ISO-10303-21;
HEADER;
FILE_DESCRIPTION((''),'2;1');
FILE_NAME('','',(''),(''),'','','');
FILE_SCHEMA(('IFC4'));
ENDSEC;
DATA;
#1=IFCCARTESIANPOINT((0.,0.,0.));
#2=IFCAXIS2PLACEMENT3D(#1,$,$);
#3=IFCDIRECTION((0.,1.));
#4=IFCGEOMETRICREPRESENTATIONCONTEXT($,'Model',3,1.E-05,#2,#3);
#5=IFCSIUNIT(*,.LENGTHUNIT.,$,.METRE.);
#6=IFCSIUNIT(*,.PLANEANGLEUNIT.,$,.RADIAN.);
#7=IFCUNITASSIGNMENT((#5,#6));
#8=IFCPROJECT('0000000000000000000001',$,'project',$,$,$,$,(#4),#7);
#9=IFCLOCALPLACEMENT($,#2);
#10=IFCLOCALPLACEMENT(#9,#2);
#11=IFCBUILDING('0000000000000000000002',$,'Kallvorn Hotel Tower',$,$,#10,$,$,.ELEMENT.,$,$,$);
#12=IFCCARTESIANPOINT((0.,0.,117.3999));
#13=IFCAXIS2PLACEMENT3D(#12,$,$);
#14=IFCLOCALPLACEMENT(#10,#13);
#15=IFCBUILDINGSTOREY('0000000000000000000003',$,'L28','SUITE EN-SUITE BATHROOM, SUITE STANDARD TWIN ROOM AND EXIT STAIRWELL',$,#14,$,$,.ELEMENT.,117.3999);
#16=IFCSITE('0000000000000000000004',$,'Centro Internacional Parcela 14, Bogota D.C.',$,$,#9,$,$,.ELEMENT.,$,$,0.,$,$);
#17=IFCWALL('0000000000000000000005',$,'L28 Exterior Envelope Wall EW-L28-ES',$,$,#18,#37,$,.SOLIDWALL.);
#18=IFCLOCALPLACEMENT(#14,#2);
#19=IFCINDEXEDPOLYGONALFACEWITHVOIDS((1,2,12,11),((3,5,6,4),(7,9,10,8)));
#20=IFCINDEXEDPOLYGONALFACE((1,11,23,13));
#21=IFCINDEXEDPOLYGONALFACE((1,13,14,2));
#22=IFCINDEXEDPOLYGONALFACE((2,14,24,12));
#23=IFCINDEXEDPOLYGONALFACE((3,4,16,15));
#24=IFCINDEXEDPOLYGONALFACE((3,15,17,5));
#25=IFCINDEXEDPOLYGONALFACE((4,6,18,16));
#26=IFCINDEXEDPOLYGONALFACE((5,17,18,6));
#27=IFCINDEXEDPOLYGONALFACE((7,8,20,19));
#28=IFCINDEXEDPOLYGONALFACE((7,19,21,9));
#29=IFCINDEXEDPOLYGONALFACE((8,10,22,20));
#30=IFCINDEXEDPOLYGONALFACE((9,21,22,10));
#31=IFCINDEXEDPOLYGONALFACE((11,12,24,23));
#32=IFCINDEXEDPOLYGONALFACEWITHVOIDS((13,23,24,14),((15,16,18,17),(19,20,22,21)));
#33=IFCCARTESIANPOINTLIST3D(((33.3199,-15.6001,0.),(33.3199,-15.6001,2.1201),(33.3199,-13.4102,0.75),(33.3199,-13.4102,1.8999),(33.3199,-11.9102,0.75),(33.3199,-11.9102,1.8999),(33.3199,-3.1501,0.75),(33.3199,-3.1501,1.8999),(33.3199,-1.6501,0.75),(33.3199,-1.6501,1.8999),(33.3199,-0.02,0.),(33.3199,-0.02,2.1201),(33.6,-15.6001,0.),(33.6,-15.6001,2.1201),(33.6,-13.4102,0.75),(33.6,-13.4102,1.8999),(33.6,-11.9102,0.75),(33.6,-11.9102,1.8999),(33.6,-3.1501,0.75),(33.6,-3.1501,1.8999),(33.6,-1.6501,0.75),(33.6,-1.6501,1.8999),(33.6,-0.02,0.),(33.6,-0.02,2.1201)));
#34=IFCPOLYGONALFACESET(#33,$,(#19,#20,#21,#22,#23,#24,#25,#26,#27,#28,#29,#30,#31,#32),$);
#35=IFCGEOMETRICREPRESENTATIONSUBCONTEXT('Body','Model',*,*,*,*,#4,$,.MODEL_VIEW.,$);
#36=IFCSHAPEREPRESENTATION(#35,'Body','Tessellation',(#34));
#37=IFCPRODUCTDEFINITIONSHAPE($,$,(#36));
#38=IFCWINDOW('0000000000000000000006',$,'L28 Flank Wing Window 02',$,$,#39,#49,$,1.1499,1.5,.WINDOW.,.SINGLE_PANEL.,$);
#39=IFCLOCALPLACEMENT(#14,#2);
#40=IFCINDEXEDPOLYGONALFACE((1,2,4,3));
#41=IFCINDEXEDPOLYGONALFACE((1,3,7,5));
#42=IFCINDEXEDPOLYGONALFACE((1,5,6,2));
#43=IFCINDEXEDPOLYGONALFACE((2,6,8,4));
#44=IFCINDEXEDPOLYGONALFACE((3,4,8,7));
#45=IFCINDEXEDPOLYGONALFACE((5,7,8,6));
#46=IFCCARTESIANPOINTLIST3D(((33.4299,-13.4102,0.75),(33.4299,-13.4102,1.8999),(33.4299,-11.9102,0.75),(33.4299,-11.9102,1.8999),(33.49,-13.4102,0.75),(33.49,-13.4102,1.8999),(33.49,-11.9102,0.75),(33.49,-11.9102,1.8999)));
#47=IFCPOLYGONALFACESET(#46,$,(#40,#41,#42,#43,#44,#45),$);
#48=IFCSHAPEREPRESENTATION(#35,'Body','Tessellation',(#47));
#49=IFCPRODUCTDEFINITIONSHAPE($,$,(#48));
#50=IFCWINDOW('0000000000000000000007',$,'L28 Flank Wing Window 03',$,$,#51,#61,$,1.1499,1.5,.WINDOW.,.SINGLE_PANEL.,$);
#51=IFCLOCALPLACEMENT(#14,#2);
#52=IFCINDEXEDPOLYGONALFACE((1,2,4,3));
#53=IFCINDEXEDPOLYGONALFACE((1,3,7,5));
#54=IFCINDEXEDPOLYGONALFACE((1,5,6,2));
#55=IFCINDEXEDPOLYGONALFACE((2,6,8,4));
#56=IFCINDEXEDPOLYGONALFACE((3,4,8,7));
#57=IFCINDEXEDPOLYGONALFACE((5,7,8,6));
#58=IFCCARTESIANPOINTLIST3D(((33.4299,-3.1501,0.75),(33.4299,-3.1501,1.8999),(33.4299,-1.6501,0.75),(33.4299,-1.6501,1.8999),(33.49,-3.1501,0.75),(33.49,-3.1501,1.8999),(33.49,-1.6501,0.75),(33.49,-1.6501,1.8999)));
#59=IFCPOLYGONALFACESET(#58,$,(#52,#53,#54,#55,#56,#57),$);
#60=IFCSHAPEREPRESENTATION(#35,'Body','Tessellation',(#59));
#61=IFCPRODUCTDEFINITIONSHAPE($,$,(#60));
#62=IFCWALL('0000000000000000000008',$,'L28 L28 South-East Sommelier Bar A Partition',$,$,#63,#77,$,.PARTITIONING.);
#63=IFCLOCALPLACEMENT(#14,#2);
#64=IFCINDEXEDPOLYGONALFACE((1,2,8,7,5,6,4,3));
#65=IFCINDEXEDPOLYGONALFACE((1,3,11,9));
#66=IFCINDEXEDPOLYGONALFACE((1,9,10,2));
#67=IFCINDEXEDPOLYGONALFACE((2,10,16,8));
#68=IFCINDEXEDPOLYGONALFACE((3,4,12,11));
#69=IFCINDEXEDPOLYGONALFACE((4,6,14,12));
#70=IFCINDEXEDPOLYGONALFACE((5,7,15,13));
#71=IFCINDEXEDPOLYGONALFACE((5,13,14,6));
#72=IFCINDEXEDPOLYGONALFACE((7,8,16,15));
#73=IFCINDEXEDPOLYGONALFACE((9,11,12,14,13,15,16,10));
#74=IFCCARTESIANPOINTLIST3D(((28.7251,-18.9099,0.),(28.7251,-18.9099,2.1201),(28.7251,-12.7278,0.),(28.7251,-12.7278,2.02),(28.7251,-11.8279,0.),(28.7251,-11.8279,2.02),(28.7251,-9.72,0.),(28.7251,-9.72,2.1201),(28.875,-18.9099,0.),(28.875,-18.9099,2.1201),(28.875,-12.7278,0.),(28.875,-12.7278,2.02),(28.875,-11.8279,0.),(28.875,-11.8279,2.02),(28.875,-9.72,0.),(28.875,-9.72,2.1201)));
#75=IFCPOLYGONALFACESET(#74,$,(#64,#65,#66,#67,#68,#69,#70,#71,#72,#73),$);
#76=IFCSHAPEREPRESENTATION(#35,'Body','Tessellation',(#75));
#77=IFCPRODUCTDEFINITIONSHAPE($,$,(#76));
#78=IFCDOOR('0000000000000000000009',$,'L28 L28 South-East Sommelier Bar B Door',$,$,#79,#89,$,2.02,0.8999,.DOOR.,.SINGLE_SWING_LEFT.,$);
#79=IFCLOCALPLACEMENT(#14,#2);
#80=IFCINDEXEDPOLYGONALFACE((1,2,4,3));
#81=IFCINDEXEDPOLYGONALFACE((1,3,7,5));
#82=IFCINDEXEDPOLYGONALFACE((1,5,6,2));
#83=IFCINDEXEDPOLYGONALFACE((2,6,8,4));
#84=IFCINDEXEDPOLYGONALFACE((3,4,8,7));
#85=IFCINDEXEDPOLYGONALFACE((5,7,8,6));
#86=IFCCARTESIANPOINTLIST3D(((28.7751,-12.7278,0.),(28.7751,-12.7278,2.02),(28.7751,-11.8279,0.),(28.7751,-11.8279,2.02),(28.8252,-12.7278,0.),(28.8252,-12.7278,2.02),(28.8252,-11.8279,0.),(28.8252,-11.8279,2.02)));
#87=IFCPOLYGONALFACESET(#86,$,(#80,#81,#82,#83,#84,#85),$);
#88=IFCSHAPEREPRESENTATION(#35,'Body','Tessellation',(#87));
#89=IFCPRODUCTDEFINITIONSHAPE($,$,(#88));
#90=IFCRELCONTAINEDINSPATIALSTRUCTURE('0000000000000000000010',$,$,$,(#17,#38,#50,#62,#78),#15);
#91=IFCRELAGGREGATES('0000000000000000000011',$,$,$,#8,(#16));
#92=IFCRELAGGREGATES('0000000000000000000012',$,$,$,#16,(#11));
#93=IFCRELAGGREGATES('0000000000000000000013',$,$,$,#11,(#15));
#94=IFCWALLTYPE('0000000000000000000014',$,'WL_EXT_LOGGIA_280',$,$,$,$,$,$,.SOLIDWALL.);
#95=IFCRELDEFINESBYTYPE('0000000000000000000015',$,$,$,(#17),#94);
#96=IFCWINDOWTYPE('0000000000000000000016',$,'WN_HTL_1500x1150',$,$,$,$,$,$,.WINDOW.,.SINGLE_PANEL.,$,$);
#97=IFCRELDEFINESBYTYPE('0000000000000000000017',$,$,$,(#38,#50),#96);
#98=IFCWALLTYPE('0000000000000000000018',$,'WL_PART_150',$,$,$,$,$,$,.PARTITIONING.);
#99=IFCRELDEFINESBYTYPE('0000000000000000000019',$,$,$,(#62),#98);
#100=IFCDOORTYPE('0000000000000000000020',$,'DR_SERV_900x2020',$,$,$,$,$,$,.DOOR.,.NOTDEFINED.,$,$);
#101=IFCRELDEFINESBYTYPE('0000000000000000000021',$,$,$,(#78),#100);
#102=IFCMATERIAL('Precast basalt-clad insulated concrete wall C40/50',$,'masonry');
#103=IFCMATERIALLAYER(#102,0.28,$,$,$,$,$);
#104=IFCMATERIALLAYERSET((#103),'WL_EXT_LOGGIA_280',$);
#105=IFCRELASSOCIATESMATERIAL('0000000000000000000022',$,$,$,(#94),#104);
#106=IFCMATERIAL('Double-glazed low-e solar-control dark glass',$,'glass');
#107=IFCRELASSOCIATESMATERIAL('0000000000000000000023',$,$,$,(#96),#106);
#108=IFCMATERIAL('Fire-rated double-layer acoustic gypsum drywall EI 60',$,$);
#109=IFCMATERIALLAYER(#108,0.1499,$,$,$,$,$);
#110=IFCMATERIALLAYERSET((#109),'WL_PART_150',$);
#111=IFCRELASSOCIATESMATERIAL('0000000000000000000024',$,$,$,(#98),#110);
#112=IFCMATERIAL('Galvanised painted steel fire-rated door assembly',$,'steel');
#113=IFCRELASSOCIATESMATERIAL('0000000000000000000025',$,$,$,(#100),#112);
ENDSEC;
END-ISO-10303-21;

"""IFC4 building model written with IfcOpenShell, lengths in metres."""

from ifc_helpers import new_model, si_unit, direction, frame, frame_2d, origin, place, context, subcontext, project, spatial, rectangle, extrude, material, layer, layer_set, type_object, element, fill, save


model = new_model("IFC4")

# Units and contexts
model_context = context("Model", 3, precision=1e-05, world=origin(), true_north=direction((0.0, 1.0)))
body_context = subcontext(model_context, "Body", "Model", "MODEL_VIEW")
ifc_project = project(units=[si_unit("LENGTHUNIT", "METRE"), si_unit("PLANEANGLEUNIT", "RADIAN")], contexts=[model_context])

# Site, building, storey
site_placement = place(None, origin())
site = spatial("IfcSite", under=ifc_project, at=site_placement, Name="Centro Internacional Parcela 14, Bogota D.C.", CompositionType="ELEMENT", RefElevation=0.0)
building_placement = place(site_placement, origin())
building = spatial("IfcBuilding", under=site, at=building_placement, Name="Kallvorn Hotel Tower", CompositionType="ELEMENT")
storey_placement = place(building_placement, frame((0.0, 0.0, 117.3999)))
storey = spatial("IfcBuildingStorey", under=building, at=storey_placement, Name="L28", Description="SUITE EN-SUITE BATHROOM, SUITE STANDARD TWIN ROOM AND EXIT STAIRWELL", CompositionType="ELEMENT", Elevation=117.3999)

# Shared definitions
ifc_material_1 = material(Name="Precast basalt-clad insulated concrete wall C40/50", Category="masonry")
ifc_layer_1 = layer(ifc_material_1, 0.28)
ifc_layer_set_1 = layer_set([ifc_layer_1], Name="WL_EXT_LOGGIA_280")
wall_type_1 = type_object("IfcWallType", Name="WL_EXT_LOGGIA_280", PredefinedType="SOLIDWALL", material=ifc_layer_set_1)

# Wall, openings, windows
wall_1_placement = place(storey_placement, frame((33.46, -15.6001, 0.0), z_axis=(0.0, 0.0, 1.0), x_axis=(0.0, 1.0, 0.0)))
wall_1 = element("IfcWall", 1, at=wall_1_placement, inside=storey, type_object=wall_type_1, Name="L28 Exterior Envelope Wall EW-L28-ES", PredefinedType="SOLIDWALL", context=body_context, shape_type="SweptSolid", body=[
    extrude(rectangle(XDim=15.5801, YDim=0.28, at=frame_2d((7.79, 0.0))), origin(), (0.0, 0.0, 1.0), 2.1201),
])
opening_1_placement = place(wall_1_placement, frame((2.1899, 0.0, 0.75)))
opening_1 = element("IfcOpeningElement", 2, at=opening_1_placement, cuts=wall_1, PredefinedType="OPENING", context=body_context, shape_type="SweptSolid", body=[
    extrude(rectangle(XDim=1.5, YDim=1.1499, at=frame_2d((0.75, 0.575))), frame((0.0, 0.155, 0.0), z_axis=(0.0, -1.0, 0.0), x_axis=(1.0, 0.0, 0.0)), (0.0, 0.0, 1.0), 0.3101),
])
opening_2_placement = place(wall_1_placement, frame((12.45, 0.0, 0.75)))
opening_2 = element("IfcOpeningElement", 3, at=opening_2_placement, cuts=wall_1, PredefinedType="OPENING", context=body_context, shape_type="SweptSolid", body=[
    extrude(rectangle(XDim=1.5, YDim=1.1499, at=frame_2d((0.75, 0.575))), frame((0.0, 0.155, 0.0), z_axis=(0.0, -1.0, 0.0), x_axis=(1.0, 0.0, 0.0)), (0.0, 0.0, 1.0), 0.3101),
])
ifc_material_2 = material(Name="Double-glazed low-e solar-control dark glass", Category="glass")
window_type = type_object("IfcWindowType", Name="WN_HTL_1500x1150", PartitioningType="SINGLE_PANEL", PredefinedType="WINDOW", material=ifc_material_2)
window_1_placement = place(opening_1_placement, origin())
window_1 = element("IfcWindow", 4, at=window_1_placement, inside=storey, type_object=window_type, Name="L28 Flank Wing Window 02", OverallHeight=1.1499, OverallWidth=1.5, PartitioningType="SINGLE_PANEL", PredefinedType="WINDOW", context=body_context, shape_type="SweptSolid", body=[
    extrude(rectangle(XDim=1.5, YDim=1.1499, at=frame_2d((0.75, 0.575))), frame((0.0, 0.03, 0.0), z_axis=(0.0, -1.0, 0.0), x_axis=(1.0, 0.0, 0.0)), (0.0, 0.0, 1.0), 0.0601),
])
fill(opening_1, window_1)
window_2_placement = place(opening_2_placement, origin())
window_2 = element("IfcWindow", 5, at=window_2_placement, inside=storey, type_object=window_type, Name="L28 Flank Wing Window 03", OverallHeight=1.1499, OverallWidth=1.5, PartitioningType="SINGLE_PANEL", PredefinedType="WINDOW", context=body_context, shape_type="SweptSolid", body=[
    extrude(rectangle(XDim=1.5, YDim=1.1499, at=frame_2d((0.75, 0.575))), frame((0.0, 0.03, 0.0), z_axis=(0.0, -1.0, 0.0), x_axis=(1.0, 0.0, 0.0)), (0.0, 0.0, 1.0), 0.0601),
])
fill(opening_2, window_2)

# Wall, opening, door
ifc_material_3 = material(Name="Fire-rated double-layer acoustic gypsum drywall EI 60")
ifc_layer_2 = layer(ifc_material_3, 0.1499)
ifc_layer_set_2 = layer_set([ifc_layer_2], Name="WL_PART_150")
wall_type_2 = type_object("IfcWallType", Name="WL_PART_150", PredefinedType="PARTITIONING", material=ifc_layer_set_2)
wall_2_placement = place(storey_placement, frame((28.8, -18.9099, 0.0), z_axis=(0.0, 0.0, 1.0), x_axis=(0.0, 1.0, 0.0)))
wall_2 = element("IfcWall", 6, at=wall_2_placement, inside=storey, type_object=wall_type_2, Name="L28 L28 South-East Sommelier Bar A Partition", PredefinedType="PARTITIONING", context=body_context, shape_type="SweptSolid", body=[
    extrude(rectangle(XDim=9.1899, YDim=0.1499, at=frame_2d((4.595, 0.0))), origin(), (0.0, 0.0, 1.0), 2.1201),
])
opening_3_placement = place(wall_2_placement, frame((6.1821, 0.0, 0.0)))
opening_3 = element("IfcOpeningElement", 7, at=opening_3_placement, cuts=wall_2, PredefinedType="OPENING", context=body_context, shape_type="SweptSolid", body=[
    extrude(rectangle(XDim=0.8999, YDim=2.02, at=frame_2d((0.45, 1.01))), frame((0.0, 0.0898, 0.0), z_axis=(0.0, -1.0, 0.0), x_axis=(1.0, 0.0, 0.0)), (0.0, 0.0, 1.0), 0.1799),
])
ifc_material_4 = material(Name="Galvanised painted steel fire-rated door assembly", Category="steel")
door_type = type_object("IfcDoorType", Name="DR_SERV_900x2020", OperationType="NOTDEFINED", PredefinedType="DOOR", material=ifc_material_4)
door_placement = place(opening_3_placement, origin())
door = element("IfcDoor", 8, at=door_placement, inside=storey, type_object=door_type, Name="L28 L28 South-East Sommelier Bar B Door", OperationType="SINGLE_SWING_LEFT", OverallHeight=2.02, OverallWidth=0.8999, PredefinedType="DOOR", context=body_context, shape_type="SweptSolid", body=[
    extrude(rectangle(XDim=0.8999, YDim=2.02, at=frame_2d((0.45, 1.01))), frame((0.0, 0.0249, 0.0), z_axis=(0.0, -1.0, 0.0), x_axis=(1.0, 0.0, 0.0)), (0.0, 0.0, 1.0), 0.05),
])
fill(opening_3, door)

save(model, "model.ifc")
